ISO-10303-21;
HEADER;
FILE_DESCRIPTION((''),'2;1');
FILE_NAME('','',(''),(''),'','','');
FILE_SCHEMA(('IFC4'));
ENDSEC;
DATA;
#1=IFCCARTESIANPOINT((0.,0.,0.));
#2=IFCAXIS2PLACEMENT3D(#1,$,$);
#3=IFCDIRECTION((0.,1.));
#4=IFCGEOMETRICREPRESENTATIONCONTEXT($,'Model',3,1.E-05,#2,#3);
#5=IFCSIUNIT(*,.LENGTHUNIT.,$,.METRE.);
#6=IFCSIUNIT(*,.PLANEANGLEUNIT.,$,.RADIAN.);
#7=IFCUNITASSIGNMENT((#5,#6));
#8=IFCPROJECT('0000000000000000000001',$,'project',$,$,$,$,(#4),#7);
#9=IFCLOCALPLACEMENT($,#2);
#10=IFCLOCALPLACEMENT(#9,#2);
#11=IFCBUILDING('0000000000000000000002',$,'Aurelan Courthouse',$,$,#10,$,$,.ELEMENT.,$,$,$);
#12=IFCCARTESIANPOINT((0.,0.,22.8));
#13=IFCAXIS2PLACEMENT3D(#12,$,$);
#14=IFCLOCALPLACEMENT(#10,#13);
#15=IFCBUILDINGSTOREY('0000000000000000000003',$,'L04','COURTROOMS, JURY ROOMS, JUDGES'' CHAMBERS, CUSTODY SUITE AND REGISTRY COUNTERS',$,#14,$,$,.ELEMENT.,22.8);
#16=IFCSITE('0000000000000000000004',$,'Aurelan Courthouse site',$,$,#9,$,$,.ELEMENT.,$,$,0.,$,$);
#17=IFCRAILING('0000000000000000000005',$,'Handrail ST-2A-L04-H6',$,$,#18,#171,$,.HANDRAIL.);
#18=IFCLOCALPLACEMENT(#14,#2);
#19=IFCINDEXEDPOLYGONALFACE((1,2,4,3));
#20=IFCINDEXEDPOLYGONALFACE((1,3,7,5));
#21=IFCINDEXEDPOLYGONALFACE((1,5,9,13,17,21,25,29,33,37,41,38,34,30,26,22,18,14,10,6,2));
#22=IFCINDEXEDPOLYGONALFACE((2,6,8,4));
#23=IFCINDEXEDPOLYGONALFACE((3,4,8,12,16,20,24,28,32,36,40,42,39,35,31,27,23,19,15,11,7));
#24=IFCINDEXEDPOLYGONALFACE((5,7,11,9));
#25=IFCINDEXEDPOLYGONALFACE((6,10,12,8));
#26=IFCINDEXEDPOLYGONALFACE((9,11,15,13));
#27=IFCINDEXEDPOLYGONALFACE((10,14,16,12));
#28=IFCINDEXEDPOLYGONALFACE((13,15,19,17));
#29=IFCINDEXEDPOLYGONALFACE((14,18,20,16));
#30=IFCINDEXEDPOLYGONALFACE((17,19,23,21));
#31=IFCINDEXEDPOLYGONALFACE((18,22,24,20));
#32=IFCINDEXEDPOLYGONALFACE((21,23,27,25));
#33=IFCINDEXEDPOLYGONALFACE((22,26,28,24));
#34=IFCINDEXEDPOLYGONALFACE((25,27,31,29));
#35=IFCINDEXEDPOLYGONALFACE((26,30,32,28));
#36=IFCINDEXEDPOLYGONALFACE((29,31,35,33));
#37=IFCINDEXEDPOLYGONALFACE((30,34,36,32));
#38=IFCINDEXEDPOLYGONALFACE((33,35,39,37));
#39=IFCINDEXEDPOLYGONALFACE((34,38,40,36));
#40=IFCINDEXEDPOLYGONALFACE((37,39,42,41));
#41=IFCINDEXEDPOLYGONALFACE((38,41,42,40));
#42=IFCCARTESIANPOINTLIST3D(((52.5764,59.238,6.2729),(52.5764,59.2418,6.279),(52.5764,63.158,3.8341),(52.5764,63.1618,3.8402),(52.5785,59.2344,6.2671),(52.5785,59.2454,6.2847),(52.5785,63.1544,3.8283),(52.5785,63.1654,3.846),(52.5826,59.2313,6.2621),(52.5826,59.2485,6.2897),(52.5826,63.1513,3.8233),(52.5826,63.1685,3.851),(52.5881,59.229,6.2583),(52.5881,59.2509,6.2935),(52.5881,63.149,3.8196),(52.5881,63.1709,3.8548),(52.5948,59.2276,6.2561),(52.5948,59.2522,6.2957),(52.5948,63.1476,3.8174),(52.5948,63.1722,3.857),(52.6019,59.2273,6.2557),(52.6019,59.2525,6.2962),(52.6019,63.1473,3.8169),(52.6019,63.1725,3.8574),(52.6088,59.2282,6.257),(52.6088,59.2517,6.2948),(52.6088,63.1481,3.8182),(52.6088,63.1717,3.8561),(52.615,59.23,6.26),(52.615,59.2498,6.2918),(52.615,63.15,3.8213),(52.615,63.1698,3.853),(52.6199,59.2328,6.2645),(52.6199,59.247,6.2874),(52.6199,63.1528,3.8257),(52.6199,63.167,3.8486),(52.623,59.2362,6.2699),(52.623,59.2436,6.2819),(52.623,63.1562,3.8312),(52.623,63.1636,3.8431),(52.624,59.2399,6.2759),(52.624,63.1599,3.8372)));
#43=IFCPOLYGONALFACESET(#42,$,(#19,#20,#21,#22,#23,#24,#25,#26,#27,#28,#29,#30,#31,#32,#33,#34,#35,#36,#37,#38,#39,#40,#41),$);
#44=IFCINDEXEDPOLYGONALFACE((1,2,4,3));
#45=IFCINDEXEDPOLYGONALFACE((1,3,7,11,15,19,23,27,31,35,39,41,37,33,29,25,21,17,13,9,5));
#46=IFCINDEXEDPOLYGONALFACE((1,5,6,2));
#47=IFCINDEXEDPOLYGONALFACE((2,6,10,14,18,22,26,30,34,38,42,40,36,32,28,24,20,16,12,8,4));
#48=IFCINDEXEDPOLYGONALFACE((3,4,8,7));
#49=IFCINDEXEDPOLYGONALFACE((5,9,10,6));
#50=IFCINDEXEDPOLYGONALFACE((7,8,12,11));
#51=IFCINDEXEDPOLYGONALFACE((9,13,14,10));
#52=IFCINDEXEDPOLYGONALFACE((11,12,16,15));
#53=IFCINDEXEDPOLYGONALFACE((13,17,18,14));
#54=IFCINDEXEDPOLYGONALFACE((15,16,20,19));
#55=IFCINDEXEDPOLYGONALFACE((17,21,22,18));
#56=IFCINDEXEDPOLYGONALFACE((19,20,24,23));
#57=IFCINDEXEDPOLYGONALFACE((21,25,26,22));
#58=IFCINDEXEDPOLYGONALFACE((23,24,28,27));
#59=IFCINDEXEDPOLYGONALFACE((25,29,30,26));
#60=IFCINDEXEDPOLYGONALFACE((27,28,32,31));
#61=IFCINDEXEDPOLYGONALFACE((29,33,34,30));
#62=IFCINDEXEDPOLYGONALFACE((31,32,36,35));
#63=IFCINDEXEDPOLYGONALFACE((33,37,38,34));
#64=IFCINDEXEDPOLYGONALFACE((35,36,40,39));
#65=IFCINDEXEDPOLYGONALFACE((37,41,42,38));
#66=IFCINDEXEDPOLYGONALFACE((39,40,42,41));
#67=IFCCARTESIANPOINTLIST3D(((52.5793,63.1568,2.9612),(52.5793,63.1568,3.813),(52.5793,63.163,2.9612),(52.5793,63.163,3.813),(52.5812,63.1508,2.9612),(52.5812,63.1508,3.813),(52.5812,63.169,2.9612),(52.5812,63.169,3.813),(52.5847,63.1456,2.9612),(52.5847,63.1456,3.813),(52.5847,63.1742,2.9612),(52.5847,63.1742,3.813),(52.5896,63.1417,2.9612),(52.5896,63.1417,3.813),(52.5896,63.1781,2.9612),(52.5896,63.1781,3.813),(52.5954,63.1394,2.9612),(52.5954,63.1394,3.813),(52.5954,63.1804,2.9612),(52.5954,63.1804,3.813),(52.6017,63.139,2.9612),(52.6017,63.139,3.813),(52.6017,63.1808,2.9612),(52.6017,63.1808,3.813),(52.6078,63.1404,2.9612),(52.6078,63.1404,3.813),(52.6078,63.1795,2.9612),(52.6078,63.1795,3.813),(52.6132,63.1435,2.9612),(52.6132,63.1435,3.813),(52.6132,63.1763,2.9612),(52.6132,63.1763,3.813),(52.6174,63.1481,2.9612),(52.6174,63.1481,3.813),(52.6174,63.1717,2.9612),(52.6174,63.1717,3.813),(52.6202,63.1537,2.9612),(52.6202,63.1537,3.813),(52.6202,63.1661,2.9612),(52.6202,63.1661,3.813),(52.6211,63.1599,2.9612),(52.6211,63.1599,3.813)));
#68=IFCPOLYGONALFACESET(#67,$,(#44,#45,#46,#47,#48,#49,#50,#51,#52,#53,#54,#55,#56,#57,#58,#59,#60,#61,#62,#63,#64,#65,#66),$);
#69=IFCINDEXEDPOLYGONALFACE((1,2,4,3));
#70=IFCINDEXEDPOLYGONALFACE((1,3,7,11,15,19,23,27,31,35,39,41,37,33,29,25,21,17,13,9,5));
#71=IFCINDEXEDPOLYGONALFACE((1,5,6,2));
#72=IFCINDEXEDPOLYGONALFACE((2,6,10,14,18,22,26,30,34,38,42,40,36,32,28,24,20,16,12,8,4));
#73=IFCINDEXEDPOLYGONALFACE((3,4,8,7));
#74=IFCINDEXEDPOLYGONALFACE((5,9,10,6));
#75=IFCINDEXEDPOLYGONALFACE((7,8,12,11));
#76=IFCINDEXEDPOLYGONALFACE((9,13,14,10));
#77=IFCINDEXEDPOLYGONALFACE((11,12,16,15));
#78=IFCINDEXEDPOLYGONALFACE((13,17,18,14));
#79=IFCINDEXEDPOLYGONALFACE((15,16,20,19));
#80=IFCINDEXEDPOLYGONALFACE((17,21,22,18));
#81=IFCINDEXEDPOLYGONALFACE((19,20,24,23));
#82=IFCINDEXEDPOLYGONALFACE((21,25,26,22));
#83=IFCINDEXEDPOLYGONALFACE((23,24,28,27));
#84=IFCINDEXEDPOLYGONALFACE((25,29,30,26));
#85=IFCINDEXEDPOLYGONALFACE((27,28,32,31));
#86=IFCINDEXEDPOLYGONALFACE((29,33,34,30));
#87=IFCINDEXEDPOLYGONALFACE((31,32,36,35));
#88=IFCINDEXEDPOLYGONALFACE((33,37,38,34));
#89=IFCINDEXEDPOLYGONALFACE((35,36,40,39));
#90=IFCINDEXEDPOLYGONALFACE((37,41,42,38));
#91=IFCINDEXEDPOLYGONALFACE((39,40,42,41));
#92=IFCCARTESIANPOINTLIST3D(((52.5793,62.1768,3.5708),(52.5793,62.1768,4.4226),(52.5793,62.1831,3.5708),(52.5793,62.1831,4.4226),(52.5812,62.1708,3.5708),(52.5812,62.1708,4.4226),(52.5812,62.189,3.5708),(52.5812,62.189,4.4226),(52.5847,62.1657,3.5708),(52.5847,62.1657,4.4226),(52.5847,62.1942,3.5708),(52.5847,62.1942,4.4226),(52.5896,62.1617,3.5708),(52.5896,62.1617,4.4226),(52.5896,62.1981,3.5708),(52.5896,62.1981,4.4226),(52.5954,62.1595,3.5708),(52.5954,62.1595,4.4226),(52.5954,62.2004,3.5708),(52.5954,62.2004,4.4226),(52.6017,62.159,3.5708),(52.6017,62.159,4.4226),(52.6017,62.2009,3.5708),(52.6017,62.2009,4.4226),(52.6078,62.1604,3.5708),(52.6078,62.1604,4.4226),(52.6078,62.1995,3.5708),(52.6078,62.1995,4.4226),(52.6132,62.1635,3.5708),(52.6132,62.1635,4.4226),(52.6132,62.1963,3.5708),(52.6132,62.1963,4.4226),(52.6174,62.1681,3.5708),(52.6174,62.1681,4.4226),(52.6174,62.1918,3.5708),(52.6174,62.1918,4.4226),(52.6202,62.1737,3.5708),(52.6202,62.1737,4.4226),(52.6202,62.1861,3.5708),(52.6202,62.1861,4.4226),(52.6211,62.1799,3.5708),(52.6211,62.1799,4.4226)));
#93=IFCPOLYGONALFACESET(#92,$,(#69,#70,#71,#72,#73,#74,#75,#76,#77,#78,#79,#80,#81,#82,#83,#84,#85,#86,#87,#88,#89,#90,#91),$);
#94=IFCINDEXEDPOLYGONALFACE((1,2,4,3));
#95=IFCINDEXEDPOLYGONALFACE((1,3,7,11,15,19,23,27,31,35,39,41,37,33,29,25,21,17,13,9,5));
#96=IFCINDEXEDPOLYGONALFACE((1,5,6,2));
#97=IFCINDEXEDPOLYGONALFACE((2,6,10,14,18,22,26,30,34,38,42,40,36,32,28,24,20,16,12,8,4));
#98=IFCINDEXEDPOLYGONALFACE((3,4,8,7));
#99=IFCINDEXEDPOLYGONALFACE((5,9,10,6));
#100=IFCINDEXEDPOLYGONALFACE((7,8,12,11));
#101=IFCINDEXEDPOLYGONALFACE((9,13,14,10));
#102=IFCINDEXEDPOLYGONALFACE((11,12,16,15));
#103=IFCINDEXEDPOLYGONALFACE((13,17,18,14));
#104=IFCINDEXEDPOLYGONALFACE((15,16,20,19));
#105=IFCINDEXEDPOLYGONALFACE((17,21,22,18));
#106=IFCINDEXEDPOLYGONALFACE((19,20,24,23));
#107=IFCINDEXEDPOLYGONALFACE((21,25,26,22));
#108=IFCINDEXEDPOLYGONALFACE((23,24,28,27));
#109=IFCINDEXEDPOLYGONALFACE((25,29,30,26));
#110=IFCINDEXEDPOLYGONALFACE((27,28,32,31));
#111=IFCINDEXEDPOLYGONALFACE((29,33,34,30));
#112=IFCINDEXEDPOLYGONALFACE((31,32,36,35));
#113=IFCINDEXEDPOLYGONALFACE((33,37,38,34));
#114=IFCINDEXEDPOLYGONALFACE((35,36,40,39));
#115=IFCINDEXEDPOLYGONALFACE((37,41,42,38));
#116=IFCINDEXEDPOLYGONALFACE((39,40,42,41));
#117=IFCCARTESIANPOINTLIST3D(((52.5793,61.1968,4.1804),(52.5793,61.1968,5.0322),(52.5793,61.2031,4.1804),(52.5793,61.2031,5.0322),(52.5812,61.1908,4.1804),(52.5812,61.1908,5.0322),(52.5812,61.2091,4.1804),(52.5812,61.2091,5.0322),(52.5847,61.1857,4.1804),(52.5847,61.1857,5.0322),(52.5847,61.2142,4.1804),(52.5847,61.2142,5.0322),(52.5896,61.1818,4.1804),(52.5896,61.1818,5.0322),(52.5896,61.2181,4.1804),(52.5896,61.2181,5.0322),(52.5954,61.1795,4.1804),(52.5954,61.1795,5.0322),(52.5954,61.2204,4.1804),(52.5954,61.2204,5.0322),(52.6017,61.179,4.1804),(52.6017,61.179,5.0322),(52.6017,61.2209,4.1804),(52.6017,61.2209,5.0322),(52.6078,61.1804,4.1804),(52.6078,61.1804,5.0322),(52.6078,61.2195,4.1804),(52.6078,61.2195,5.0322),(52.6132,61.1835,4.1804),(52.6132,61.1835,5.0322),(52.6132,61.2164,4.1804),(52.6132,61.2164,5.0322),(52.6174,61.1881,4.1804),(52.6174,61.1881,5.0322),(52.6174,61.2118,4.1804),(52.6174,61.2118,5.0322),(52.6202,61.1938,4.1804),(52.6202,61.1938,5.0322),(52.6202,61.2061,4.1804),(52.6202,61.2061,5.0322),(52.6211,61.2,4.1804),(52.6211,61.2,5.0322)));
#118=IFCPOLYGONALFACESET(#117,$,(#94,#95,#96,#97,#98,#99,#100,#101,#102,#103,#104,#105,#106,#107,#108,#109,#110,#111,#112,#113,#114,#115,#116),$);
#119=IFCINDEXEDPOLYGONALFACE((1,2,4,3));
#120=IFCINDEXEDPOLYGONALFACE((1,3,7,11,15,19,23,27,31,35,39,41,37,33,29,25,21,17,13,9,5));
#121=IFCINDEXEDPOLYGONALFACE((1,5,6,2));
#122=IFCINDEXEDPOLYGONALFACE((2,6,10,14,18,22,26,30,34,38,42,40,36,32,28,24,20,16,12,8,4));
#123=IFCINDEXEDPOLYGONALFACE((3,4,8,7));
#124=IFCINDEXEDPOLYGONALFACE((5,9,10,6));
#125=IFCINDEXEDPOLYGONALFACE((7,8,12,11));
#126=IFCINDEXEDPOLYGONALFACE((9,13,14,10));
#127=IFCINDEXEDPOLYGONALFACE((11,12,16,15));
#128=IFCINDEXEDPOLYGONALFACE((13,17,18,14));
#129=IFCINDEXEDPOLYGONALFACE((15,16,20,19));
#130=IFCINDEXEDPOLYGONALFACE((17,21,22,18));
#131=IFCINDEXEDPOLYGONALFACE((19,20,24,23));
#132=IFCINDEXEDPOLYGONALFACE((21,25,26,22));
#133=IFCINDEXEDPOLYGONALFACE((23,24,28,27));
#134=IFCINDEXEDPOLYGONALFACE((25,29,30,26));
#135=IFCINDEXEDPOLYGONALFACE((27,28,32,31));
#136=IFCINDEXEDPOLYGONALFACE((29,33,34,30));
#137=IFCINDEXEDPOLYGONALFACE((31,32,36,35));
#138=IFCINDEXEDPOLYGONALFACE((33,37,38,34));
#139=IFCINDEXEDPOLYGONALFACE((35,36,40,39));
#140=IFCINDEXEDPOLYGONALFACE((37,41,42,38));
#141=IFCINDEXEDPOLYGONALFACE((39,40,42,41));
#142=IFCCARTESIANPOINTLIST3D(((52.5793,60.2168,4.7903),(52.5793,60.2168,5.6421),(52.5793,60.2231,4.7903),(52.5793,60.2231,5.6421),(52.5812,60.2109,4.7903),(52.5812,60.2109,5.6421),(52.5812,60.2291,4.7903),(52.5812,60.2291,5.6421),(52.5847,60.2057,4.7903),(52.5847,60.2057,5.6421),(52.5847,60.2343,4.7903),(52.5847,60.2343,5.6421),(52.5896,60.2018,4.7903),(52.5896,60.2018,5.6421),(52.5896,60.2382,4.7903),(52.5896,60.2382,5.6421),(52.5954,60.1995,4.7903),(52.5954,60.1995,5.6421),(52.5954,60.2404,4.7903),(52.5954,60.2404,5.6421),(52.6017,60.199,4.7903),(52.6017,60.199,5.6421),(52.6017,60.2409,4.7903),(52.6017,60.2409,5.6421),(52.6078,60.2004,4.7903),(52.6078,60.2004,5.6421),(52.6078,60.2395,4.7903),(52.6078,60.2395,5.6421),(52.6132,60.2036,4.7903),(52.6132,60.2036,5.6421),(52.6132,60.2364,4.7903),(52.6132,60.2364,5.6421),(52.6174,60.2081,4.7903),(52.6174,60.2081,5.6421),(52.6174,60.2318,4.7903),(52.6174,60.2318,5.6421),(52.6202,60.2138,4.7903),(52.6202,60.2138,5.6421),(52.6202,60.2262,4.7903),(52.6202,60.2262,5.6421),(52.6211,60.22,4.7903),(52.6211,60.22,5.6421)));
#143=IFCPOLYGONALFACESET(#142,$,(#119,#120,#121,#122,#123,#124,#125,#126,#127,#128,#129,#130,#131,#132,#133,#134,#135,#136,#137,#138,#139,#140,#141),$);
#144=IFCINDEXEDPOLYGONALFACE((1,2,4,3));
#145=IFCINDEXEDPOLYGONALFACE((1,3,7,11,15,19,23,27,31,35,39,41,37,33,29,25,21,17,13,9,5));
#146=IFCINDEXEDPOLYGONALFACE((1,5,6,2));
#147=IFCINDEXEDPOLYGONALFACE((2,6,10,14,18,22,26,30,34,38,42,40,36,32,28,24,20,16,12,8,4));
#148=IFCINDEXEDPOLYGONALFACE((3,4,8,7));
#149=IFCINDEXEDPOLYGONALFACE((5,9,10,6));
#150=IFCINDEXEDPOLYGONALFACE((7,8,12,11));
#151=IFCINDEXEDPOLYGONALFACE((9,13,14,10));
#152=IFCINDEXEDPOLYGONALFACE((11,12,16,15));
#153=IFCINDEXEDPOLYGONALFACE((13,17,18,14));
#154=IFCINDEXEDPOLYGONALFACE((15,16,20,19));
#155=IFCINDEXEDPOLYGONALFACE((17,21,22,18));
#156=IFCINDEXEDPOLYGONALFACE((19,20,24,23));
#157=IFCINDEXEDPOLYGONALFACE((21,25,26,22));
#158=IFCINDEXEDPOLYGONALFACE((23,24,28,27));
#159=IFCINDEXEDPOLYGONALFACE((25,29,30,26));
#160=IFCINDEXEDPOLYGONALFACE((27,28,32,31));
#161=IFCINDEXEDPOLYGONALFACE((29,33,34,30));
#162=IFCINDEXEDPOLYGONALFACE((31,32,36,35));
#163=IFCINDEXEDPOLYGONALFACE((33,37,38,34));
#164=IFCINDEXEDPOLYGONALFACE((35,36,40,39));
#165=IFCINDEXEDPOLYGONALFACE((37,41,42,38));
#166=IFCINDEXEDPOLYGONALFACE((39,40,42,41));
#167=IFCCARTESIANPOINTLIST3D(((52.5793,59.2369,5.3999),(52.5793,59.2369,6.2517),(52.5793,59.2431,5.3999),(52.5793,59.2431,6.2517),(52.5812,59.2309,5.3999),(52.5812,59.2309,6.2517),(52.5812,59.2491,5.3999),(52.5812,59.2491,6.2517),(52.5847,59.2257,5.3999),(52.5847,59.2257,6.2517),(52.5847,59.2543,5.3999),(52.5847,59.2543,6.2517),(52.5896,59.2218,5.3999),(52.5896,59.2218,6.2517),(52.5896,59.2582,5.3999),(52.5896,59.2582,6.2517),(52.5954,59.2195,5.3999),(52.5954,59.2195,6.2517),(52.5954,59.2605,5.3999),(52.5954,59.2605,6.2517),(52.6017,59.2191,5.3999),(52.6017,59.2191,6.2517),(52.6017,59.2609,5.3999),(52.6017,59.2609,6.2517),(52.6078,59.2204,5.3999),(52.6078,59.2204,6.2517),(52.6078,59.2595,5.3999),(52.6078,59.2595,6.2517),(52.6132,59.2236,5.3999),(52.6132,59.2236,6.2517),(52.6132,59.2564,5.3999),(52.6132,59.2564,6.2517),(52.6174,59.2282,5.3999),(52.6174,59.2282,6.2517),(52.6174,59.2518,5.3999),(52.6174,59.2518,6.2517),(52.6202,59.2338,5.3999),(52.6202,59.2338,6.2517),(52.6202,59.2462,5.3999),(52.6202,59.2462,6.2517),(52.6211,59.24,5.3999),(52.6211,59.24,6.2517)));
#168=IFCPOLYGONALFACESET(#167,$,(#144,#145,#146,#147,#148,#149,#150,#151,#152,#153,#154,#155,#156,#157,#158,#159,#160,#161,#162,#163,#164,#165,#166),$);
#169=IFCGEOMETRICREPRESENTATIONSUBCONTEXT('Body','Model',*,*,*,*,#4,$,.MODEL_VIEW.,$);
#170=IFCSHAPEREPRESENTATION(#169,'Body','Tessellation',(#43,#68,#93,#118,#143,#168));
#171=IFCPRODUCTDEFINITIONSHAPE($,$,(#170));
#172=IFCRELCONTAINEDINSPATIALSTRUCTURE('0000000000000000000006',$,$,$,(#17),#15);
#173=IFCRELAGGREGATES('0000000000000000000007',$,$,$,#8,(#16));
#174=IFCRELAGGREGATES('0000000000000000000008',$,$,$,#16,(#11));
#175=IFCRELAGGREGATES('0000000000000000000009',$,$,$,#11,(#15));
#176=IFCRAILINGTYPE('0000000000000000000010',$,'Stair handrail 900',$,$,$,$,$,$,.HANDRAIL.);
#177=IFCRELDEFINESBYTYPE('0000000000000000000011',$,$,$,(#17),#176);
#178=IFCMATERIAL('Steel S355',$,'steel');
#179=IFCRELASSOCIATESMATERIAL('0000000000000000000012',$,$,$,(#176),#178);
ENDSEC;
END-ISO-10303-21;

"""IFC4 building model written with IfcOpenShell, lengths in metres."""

from ifc_helpers import new_model, si_unit, direction, frame, origin, origin_2d, place, context, subcontext, project, spatial, circle, extrude, material, type_object, element, save


model = new_model("IFC4")

# Units and contexts
model_context = context("Model", 3, precision=1e-05, world=origin(), true_north=direction((0.0, 1.0)))
body_context = subcontext(model_context, "Body", "Model", "MODEL_VIEW")
ifc_project = project(units=[si_unit("LENGTHUNIT", "METRE"), si_unit("PLANEANGLEUNIT", "RADIAN")], contexts=[model_context])

# Site, building, storey
site_placement = place(None, origin())
site = spatial("IfcSite", under=ifc_project, at=site_placement, Name="Aurelan Courthouse site", CompositionType="ELEMENT", RefElevation=0.0)
building_placement = place(site_placement, origin())
building = spatial("IfcBuilding", under=site, at=building_placement, Name="Aurelan Courthouse", CompositionType="ELEMENT")
storey_placement = place(building_placement, frame((0.0, 0.0, 22.8)))
storey = spatial("IfcBuildingStorey", under=building, at=storey_placement, Name="L04", Description="COURTROOMS, JURY ROOMS, JUDGES' CHAMBERS, CUSTODY SUITE AND REGISTRY COUNTERS", CompositionType="ELEMENT", Elevation=22.8)

# Railing
ifc_material_1 = material(Name="Steel S355", Category="steel")
railing_type_1 = type_object("IfcRailingType", Name="Stair handrail 900", PredefinedType="HANDRAIL", material=ifc_material_1)
for number, where, name in (
    (1, (52.6001, 63.1599, 2.9612), "Handrail ST-2A-L04-H6"),
):
    element("IfcRailing", number, at=place(storey_placement, frame(where)), inside=storey, type_object=railing_type_1, Name=name, PredefinedType="HANDRAIL", context=body_context, shape_type="SweptSolid", body=[
        extrude(circle(Radius=0.0239, at=origin_2d()), frame((0.0, 0.0, 0.876), z_axis=(0.0, -0.84909, 0.528249), x_axis=(1.0, 0.0, 0.0)), (0.0, 0.0, 1.0), 4.6167),
        extrude(circle(Radius=0.021, at=origin_2d()), origin(), (0.0, 0.0, 1.0), 0.8518),
        extrude(circle(Radius=0.021, at=origin_2d()), frame((0.0, -0.98, 0.6096)), (0.0, 0.0, 1.0), 0.8518),
        extrude(circle(Radius=0.021, at=origin_2d()), frame((0.0, -1.96, 1.2192)), (0.0, 0.0, 1.0), 0.8518),
        extrude(circle(Radius=0.021, at=origin_2d()), frame((0.0, -2.9399, 1.8291)), (0.0, 0.0, 1.0), 0.8518),
        extrude(circle(Radius=0.021, at=origin_2d()), frame((0.0, -3.9199, 2.4387)), (0.0, 0.0, 1.0), 0.8518),
    ])

save(model, "model.ifc")
